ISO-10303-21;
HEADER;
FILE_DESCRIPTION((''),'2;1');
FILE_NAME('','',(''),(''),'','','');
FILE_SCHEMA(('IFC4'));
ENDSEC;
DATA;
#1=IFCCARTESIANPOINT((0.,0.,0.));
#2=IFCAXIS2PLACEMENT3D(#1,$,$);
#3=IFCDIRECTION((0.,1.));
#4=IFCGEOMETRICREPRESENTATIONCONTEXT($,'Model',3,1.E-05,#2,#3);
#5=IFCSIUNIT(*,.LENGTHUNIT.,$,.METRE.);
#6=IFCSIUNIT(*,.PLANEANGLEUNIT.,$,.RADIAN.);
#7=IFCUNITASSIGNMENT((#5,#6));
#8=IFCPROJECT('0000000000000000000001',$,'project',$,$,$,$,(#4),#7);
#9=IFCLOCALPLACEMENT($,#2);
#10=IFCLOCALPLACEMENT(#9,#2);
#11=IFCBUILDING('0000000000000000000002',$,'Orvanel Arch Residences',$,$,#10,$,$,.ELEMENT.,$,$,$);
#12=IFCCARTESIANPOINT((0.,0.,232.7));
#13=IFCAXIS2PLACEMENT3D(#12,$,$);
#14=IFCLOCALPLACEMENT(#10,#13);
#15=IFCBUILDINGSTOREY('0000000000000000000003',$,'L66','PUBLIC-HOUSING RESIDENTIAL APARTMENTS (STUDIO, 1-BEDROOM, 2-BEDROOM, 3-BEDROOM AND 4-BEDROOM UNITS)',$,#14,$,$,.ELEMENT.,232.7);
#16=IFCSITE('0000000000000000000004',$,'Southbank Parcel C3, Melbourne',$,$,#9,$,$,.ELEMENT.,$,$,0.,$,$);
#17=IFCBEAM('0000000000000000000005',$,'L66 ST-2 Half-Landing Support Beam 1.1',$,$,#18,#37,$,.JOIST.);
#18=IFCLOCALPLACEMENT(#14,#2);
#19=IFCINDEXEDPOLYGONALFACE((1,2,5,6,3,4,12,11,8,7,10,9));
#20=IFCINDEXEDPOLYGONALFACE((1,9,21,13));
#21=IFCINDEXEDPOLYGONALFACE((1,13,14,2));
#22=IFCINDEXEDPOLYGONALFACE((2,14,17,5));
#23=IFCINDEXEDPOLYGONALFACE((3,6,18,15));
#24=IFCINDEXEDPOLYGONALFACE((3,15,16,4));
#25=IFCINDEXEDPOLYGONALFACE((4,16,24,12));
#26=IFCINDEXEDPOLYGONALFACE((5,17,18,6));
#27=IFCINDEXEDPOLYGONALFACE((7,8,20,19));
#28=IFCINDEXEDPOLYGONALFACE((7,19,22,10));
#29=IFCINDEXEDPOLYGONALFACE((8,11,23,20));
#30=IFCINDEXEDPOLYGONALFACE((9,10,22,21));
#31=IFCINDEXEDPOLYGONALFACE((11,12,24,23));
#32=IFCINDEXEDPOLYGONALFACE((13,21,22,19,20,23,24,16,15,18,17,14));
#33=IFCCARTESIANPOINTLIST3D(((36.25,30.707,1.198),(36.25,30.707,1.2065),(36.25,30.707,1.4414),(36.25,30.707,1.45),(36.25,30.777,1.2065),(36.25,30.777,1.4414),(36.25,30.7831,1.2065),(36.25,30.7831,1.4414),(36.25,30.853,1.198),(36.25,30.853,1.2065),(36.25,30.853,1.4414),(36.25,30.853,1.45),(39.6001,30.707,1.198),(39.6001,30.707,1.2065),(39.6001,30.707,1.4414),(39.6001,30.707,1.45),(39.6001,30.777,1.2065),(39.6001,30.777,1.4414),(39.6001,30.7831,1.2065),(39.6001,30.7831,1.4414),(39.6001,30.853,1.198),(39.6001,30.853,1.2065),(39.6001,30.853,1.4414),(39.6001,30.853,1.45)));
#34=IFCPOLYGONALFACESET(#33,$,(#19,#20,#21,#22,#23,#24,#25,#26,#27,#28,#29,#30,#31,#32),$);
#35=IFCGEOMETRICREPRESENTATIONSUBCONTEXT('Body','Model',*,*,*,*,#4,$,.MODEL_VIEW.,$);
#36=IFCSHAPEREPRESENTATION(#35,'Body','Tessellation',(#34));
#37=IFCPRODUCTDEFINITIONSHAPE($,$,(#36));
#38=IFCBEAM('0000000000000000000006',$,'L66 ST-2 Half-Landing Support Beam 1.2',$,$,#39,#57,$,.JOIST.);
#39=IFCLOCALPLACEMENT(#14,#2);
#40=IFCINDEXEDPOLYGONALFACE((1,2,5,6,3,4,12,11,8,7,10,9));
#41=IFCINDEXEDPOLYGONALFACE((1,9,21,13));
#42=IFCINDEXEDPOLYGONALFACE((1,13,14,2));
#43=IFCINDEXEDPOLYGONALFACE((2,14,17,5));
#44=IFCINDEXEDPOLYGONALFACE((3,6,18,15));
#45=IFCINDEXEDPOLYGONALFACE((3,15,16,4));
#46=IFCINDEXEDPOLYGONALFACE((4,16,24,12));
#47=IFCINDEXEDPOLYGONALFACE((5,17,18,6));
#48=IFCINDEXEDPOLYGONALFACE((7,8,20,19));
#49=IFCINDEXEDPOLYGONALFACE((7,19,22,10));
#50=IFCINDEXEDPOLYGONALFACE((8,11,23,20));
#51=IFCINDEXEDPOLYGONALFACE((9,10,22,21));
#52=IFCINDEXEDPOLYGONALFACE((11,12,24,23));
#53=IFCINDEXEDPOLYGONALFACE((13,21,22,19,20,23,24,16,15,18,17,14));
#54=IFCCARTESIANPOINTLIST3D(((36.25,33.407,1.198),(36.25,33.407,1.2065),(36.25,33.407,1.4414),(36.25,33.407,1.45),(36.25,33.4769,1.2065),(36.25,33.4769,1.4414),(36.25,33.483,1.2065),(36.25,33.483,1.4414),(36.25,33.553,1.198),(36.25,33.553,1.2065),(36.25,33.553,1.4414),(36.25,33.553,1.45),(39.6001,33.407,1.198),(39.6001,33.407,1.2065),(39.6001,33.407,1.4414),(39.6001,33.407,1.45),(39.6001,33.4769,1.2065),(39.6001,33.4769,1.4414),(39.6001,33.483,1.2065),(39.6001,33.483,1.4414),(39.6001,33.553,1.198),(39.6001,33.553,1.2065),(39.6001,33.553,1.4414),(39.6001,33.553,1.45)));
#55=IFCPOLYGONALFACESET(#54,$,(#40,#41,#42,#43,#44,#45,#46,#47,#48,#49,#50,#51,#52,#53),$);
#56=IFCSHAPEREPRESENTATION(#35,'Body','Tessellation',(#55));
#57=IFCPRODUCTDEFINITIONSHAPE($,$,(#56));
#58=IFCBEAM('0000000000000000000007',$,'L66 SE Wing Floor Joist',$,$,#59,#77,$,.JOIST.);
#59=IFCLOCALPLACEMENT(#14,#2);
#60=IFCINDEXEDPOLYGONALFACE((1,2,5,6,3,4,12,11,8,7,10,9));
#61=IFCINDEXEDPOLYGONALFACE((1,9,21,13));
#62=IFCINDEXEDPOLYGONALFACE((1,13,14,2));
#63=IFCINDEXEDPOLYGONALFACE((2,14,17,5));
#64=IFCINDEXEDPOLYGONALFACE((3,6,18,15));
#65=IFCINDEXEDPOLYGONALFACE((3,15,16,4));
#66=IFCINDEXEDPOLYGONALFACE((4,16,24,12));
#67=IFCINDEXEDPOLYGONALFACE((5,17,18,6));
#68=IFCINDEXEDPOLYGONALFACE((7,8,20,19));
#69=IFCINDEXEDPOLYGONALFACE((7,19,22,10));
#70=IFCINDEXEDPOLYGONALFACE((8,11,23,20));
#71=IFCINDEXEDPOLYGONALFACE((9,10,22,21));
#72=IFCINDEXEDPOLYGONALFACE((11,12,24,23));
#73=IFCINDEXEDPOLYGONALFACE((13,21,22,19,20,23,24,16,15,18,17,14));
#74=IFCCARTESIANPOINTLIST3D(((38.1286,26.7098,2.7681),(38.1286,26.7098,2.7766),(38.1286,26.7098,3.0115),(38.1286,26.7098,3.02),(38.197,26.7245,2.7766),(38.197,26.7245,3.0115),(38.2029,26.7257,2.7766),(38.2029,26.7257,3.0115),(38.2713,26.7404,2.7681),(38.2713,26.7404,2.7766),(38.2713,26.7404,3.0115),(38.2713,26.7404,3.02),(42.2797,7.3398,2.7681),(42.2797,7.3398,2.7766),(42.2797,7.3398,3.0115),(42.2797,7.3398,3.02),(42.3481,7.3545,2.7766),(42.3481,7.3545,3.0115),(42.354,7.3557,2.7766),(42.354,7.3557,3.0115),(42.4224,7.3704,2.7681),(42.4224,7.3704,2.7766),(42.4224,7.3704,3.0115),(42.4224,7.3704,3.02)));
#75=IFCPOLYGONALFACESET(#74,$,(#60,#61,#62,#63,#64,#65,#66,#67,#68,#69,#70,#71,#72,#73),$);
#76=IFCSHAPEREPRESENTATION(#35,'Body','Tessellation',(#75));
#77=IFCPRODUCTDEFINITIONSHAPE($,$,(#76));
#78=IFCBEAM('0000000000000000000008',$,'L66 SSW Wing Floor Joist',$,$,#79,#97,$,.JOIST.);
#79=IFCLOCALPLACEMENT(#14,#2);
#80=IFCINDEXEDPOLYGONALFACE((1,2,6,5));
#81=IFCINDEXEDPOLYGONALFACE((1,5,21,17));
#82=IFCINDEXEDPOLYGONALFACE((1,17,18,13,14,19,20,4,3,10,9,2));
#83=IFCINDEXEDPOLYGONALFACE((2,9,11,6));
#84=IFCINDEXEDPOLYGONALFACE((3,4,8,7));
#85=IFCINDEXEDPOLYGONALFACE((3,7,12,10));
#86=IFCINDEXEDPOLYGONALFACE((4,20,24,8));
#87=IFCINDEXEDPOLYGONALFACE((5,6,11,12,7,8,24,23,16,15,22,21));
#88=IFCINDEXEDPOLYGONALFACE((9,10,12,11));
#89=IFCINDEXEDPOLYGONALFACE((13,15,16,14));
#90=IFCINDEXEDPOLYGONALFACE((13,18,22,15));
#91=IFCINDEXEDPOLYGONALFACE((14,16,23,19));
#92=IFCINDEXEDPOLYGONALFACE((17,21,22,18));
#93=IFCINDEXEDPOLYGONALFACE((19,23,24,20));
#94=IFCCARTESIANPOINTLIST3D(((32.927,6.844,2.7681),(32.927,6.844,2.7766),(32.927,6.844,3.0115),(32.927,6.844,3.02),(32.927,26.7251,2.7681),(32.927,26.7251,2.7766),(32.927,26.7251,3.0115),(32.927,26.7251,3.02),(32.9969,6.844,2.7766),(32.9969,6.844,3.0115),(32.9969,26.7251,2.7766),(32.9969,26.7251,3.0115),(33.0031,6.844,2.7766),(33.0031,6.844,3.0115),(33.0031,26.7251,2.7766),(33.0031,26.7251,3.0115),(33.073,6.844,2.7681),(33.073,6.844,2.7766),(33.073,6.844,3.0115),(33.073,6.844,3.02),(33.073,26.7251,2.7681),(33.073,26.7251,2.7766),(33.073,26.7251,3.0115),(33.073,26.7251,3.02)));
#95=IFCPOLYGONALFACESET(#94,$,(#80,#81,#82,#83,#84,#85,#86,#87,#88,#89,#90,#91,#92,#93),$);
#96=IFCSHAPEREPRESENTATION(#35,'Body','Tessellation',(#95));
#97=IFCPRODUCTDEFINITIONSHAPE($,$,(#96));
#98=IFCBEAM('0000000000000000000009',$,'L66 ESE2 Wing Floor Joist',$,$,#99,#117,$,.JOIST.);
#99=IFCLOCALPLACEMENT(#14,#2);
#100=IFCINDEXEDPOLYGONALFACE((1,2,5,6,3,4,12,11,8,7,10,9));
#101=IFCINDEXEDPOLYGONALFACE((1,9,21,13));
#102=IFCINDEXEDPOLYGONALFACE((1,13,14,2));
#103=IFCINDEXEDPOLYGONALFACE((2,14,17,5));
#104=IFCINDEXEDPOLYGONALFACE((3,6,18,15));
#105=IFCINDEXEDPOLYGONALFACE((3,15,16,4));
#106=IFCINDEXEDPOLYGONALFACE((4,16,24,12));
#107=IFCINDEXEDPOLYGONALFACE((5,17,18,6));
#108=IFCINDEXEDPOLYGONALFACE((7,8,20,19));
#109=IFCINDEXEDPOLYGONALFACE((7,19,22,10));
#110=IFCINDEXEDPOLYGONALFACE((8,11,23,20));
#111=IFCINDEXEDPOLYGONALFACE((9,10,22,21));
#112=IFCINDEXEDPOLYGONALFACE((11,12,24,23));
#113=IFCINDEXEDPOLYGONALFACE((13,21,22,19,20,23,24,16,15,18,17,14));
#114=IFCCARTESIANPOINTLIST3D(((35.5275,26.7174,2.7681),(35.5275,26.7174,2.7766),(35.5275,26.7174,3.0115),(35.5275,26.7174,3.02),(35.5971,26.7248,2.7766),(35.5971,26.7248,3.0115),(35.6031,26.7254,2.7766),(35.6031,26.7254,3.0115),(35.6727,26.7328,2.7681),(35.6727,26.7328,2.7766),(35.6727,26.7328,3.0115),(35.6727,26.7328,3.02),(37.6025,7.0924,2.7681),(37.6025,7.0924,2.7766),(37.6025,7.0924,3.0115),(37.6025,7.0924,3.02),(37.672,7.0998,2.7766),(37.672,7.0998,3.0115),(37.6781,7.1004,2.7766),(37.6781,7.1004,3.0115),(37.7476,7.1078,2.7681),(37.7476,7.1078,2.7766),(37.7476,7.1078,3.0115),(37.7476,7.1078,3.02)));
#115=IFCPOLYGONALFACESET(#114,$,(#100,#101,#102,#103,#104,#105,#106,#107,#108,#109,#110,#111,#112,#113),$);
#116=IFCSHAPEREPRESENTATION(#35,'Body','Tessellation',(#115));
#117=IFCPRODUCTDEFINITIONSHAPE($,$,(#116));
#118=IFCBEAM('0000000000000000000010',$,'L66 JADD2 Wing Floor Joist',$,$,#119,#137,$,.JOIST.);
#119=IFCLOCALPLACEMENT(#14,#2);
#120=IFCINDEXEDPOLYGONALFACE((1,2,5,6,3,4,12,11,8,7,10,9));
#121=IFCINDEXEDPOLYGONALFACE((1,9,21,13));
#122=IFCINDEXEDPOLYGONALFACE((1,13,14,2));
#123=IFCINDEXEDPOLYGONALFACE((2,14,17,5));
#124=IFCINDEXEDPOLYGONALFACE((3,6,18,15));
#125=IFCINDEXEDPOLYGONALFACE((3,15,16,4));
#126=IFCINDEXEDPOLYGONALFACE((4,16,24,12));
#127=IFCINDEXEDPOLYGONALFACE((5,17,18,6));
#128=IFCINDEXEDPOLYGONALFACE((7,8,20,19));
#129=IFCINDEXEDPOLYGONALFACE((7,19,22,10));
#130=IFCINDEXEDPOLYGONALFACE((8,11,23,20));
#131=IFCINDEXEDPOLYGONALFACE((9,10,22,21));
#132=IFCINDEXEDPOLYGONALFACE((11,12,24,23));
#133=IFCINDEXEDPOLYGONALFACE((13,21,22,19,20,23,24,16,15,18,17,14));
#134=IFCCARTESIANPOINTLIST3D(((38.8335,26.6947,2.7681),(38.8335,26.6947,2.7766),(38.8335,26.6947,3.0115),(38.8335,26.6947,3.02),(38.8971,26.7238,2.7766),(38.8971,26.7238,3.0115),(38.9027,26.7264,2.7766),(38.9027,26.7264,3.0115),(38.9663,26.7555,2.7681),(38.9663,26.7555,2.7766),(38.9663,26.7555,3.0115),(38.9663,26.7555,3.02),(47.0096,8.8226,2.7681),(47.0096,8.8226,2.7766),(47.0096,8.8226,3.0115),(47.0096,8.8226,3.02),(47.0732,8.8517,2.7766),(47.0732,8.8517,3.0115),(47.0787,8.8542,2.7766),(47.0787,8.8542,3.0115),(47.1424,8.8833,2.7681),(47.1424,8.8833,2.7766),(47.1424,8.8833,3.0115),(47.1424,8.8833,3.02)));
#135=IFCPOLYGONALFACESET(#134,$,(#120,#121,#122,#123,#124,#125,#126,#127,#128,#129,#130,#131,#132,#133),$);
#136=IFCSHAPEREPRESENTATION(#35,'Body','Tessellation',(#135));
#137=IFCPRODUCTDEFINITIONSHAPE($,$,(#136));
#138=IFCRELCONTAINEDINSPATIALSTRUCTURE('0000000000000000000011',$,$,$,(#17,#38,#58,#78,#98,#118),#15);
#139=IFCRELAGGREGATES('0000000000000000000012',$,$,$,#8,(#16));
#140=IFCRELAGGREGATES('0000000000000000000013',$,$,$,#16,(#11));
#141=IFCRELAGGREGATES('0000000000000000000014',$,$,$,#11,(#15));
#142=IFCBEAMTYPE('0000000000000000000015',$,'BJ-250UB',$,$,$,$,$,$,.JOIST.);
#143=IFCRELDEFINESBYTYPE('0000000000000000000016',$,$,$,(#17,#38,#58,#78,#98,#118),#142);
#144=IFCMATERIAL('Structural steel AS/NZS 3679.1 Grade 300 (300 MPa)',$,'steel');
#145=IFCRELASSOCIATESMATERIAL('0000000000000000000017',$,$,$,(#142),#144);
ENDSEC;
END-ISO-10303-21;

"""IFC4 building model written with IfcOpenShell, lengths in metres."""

from ifc_helpers import new_model, si_unit, direction, frame, origin, origin_2d, place, context, subcontext, project, spatial, i_section, extrude, material, material_profile, profile_set, type_object, element, save


model = new_model("IFC4")

# Units and contexts
model_context = context("Model", 3, precision=1e-05, world=origin(), true_north=direction((0.0, 1.0)))
body_context = subcontext(model_context, "Body", "Model", "MODEL_VIEW")
ifc_project = project(units=[si_unit("LENGTHUNIT", "METRE"), si_unit("PLANEANGLEUNIT", "RADIAN")], contexts=[model_context])

# Site, building, storey
site_placement = place(None, origin())
site = spatial("IfcSite", under=ifc_project, at=site_placement, Name="Southbank Parcel C3, Melbourne", CompositionType="ELEMENT", RefElevation=0.0)
building_placement = place(site_placement, origin())
building = spatial("IfcBuilding", under=site, at=building_placement, Name="Orvanel Arch Residences", CompositionType="ELEMENT")
storey_placement = place(building_placement, frame((0.0, 0.0, 232.7)))
storey = spatial("IfcBuildingStorey", under=building, at=storey_placement, Name="L66", Description="PUBLIC-HOUSING RESIDENTIAL APARTMENTS (STUDIO, 1-BEDROOM, 2-BEDROOM, 3-BEDROOM AND 4-BEDROOM UNITS)", CompositionType="ELEMENT", Elevation=232.7)

# Beams
ifc_material_1 = material(Name="Structural steel AS/NZS 3679.1 Grade 300 (300 MPa)", Category="steel")
ifc_material_profile = material_profile(ifc_material_1, i_section(OverallWidth=0.146, OverallDepth=0.252, WebThickness=0.0061, FlangeThickness=0.0085, at=origin_2d()), Name="250UB31.4")
ifc_profile_set = profile_set([ifc_material_profile], Name="Structural steel AS/NZS 3679.1 Grade 300 (300 MPa)")
beam_type = type_object("IfcBeamType", Name="BJ-250UB", PredefinedType="JOIST", material=ifc_profile_set)
for number, where, z_axis, x_axis, name in (
    (1, (36.25, 30.78, 1.324), (1.0, 0.0, 0.0), (0.0, 1.0, 0.0), "L66 ST-2 Half-Landing Support Beam 1.1"),
    (2, (36.25, 33.48, 1.324), (1.0, 0.0, 0.0), (0.0, 1.0, 0.0), "L66 ST-2 Half-Landing Support Beam 1.2"),
):
    element("IfcBeam", number, at=place(storey_placement, frame(where, z_axis=z_axis, x_axis=x_axis)), inside=storey, type_object=beam_type, Name=name, PredefinedType="JOIST", context=body_context, shape_type="SweptSolid", body=[
        extrude(i_section(OverallWidth=0.146, OverallDepth=0.252, WebThickness=0.0061, FlangeThickness=0.0085, at=origin_2d()), origin(), (0.0, 0.0, 1.0), 3.3501),
    ])
beam_1_placement = place(storey_placement, frame((38.2, 26.7251, 2.894), z_axis=(0.209548, -0.977798, 0.0), x_axis=(0.977798, 0.209548, 0.0)))
element("IfcBeam", 3, at=beam_1_placement, inside=storey, type_object=beam_type, Name="L66 SE Wing Floor Joist", PredefinedType="JOIST", context=body_context, shape_type="SweptSolid", body=[
    extrude(i_section(OverallWidth=0.146, OverallDepth=0.252, WebThickness=0.0061, FlangeThickness=0.0085, at=origin_2d()), origin(), (0.0, 0.0, 1.0), 19.8098),
])
beam_2_placement = place(storey_placement, frame((33.0, 26.7251, 2.894), z_axis=(0.0, -1.0, 0.0), x_axis=(1.0, 0.0, 0.0)))
element("IfcBeam", 4, at=beam_2_placement, inside=storey, type_object=beam_type, Name="L66 SSW Wing Floor Joist", PredefinedType="JOIST", context=body_context, shape_type="SweptSolid", body=[
    extrude(i_section(OverallWidth=0.146, OverallDepth=0.252, WebThickness=0.0061, FlangeThickness=0.0085, at=origin_2d()), origin(), (0.0, 0.0, 1.0), 19.8811),
])
beam_3_placement = place(storey_placement, frame((35.6001, 26.7251, 2.894), z_axis=(0.105144, -0.994457, 0.0), x_axis=(0.994457, 0.105144, 0.0)))
element("IfcBeam", 5, at=beam_3_placement, inside=storey, type_object=beam_type, Name="L66 ESE2 Wing Floor Joist", PredefinedType="JOIST", context=body_context, shape_type="SweptSolid", body=[
    extrude(i_section(OverallWidth=0.146, OverallDepth=0.252, WebThickness=0.0061, FlangeThickness=0.0085, at=origin_2d()), origin(), (0.0, 0.0, 1.0), 19.7344),
])
beam_4_placement = place(storey_placement, frame((38.8999, 26.7251, 2.894), z_axis=(0.41601, -0.90936, 0.0), x_axis=(0.90936, 0.41601, 0.0)))
element("IfcBeam", 6, at=beam_4_placement, inside=storey, type_object=beam_type, Name="L66 JADD2 Wing Floor Joist", PredefinedType="JOIST", context=body_context, shape_type="SweptSolid", body=[
    extrude(i_section(OverallWidth=0.146, OverallDepth=0.252, WebThickness=0.0061, FlangeThickness=0.0085, at=origin_2d()), origin(), (0.0, 0.0, 1.0), 19.6536),
])

save(model, "model.ifc")
